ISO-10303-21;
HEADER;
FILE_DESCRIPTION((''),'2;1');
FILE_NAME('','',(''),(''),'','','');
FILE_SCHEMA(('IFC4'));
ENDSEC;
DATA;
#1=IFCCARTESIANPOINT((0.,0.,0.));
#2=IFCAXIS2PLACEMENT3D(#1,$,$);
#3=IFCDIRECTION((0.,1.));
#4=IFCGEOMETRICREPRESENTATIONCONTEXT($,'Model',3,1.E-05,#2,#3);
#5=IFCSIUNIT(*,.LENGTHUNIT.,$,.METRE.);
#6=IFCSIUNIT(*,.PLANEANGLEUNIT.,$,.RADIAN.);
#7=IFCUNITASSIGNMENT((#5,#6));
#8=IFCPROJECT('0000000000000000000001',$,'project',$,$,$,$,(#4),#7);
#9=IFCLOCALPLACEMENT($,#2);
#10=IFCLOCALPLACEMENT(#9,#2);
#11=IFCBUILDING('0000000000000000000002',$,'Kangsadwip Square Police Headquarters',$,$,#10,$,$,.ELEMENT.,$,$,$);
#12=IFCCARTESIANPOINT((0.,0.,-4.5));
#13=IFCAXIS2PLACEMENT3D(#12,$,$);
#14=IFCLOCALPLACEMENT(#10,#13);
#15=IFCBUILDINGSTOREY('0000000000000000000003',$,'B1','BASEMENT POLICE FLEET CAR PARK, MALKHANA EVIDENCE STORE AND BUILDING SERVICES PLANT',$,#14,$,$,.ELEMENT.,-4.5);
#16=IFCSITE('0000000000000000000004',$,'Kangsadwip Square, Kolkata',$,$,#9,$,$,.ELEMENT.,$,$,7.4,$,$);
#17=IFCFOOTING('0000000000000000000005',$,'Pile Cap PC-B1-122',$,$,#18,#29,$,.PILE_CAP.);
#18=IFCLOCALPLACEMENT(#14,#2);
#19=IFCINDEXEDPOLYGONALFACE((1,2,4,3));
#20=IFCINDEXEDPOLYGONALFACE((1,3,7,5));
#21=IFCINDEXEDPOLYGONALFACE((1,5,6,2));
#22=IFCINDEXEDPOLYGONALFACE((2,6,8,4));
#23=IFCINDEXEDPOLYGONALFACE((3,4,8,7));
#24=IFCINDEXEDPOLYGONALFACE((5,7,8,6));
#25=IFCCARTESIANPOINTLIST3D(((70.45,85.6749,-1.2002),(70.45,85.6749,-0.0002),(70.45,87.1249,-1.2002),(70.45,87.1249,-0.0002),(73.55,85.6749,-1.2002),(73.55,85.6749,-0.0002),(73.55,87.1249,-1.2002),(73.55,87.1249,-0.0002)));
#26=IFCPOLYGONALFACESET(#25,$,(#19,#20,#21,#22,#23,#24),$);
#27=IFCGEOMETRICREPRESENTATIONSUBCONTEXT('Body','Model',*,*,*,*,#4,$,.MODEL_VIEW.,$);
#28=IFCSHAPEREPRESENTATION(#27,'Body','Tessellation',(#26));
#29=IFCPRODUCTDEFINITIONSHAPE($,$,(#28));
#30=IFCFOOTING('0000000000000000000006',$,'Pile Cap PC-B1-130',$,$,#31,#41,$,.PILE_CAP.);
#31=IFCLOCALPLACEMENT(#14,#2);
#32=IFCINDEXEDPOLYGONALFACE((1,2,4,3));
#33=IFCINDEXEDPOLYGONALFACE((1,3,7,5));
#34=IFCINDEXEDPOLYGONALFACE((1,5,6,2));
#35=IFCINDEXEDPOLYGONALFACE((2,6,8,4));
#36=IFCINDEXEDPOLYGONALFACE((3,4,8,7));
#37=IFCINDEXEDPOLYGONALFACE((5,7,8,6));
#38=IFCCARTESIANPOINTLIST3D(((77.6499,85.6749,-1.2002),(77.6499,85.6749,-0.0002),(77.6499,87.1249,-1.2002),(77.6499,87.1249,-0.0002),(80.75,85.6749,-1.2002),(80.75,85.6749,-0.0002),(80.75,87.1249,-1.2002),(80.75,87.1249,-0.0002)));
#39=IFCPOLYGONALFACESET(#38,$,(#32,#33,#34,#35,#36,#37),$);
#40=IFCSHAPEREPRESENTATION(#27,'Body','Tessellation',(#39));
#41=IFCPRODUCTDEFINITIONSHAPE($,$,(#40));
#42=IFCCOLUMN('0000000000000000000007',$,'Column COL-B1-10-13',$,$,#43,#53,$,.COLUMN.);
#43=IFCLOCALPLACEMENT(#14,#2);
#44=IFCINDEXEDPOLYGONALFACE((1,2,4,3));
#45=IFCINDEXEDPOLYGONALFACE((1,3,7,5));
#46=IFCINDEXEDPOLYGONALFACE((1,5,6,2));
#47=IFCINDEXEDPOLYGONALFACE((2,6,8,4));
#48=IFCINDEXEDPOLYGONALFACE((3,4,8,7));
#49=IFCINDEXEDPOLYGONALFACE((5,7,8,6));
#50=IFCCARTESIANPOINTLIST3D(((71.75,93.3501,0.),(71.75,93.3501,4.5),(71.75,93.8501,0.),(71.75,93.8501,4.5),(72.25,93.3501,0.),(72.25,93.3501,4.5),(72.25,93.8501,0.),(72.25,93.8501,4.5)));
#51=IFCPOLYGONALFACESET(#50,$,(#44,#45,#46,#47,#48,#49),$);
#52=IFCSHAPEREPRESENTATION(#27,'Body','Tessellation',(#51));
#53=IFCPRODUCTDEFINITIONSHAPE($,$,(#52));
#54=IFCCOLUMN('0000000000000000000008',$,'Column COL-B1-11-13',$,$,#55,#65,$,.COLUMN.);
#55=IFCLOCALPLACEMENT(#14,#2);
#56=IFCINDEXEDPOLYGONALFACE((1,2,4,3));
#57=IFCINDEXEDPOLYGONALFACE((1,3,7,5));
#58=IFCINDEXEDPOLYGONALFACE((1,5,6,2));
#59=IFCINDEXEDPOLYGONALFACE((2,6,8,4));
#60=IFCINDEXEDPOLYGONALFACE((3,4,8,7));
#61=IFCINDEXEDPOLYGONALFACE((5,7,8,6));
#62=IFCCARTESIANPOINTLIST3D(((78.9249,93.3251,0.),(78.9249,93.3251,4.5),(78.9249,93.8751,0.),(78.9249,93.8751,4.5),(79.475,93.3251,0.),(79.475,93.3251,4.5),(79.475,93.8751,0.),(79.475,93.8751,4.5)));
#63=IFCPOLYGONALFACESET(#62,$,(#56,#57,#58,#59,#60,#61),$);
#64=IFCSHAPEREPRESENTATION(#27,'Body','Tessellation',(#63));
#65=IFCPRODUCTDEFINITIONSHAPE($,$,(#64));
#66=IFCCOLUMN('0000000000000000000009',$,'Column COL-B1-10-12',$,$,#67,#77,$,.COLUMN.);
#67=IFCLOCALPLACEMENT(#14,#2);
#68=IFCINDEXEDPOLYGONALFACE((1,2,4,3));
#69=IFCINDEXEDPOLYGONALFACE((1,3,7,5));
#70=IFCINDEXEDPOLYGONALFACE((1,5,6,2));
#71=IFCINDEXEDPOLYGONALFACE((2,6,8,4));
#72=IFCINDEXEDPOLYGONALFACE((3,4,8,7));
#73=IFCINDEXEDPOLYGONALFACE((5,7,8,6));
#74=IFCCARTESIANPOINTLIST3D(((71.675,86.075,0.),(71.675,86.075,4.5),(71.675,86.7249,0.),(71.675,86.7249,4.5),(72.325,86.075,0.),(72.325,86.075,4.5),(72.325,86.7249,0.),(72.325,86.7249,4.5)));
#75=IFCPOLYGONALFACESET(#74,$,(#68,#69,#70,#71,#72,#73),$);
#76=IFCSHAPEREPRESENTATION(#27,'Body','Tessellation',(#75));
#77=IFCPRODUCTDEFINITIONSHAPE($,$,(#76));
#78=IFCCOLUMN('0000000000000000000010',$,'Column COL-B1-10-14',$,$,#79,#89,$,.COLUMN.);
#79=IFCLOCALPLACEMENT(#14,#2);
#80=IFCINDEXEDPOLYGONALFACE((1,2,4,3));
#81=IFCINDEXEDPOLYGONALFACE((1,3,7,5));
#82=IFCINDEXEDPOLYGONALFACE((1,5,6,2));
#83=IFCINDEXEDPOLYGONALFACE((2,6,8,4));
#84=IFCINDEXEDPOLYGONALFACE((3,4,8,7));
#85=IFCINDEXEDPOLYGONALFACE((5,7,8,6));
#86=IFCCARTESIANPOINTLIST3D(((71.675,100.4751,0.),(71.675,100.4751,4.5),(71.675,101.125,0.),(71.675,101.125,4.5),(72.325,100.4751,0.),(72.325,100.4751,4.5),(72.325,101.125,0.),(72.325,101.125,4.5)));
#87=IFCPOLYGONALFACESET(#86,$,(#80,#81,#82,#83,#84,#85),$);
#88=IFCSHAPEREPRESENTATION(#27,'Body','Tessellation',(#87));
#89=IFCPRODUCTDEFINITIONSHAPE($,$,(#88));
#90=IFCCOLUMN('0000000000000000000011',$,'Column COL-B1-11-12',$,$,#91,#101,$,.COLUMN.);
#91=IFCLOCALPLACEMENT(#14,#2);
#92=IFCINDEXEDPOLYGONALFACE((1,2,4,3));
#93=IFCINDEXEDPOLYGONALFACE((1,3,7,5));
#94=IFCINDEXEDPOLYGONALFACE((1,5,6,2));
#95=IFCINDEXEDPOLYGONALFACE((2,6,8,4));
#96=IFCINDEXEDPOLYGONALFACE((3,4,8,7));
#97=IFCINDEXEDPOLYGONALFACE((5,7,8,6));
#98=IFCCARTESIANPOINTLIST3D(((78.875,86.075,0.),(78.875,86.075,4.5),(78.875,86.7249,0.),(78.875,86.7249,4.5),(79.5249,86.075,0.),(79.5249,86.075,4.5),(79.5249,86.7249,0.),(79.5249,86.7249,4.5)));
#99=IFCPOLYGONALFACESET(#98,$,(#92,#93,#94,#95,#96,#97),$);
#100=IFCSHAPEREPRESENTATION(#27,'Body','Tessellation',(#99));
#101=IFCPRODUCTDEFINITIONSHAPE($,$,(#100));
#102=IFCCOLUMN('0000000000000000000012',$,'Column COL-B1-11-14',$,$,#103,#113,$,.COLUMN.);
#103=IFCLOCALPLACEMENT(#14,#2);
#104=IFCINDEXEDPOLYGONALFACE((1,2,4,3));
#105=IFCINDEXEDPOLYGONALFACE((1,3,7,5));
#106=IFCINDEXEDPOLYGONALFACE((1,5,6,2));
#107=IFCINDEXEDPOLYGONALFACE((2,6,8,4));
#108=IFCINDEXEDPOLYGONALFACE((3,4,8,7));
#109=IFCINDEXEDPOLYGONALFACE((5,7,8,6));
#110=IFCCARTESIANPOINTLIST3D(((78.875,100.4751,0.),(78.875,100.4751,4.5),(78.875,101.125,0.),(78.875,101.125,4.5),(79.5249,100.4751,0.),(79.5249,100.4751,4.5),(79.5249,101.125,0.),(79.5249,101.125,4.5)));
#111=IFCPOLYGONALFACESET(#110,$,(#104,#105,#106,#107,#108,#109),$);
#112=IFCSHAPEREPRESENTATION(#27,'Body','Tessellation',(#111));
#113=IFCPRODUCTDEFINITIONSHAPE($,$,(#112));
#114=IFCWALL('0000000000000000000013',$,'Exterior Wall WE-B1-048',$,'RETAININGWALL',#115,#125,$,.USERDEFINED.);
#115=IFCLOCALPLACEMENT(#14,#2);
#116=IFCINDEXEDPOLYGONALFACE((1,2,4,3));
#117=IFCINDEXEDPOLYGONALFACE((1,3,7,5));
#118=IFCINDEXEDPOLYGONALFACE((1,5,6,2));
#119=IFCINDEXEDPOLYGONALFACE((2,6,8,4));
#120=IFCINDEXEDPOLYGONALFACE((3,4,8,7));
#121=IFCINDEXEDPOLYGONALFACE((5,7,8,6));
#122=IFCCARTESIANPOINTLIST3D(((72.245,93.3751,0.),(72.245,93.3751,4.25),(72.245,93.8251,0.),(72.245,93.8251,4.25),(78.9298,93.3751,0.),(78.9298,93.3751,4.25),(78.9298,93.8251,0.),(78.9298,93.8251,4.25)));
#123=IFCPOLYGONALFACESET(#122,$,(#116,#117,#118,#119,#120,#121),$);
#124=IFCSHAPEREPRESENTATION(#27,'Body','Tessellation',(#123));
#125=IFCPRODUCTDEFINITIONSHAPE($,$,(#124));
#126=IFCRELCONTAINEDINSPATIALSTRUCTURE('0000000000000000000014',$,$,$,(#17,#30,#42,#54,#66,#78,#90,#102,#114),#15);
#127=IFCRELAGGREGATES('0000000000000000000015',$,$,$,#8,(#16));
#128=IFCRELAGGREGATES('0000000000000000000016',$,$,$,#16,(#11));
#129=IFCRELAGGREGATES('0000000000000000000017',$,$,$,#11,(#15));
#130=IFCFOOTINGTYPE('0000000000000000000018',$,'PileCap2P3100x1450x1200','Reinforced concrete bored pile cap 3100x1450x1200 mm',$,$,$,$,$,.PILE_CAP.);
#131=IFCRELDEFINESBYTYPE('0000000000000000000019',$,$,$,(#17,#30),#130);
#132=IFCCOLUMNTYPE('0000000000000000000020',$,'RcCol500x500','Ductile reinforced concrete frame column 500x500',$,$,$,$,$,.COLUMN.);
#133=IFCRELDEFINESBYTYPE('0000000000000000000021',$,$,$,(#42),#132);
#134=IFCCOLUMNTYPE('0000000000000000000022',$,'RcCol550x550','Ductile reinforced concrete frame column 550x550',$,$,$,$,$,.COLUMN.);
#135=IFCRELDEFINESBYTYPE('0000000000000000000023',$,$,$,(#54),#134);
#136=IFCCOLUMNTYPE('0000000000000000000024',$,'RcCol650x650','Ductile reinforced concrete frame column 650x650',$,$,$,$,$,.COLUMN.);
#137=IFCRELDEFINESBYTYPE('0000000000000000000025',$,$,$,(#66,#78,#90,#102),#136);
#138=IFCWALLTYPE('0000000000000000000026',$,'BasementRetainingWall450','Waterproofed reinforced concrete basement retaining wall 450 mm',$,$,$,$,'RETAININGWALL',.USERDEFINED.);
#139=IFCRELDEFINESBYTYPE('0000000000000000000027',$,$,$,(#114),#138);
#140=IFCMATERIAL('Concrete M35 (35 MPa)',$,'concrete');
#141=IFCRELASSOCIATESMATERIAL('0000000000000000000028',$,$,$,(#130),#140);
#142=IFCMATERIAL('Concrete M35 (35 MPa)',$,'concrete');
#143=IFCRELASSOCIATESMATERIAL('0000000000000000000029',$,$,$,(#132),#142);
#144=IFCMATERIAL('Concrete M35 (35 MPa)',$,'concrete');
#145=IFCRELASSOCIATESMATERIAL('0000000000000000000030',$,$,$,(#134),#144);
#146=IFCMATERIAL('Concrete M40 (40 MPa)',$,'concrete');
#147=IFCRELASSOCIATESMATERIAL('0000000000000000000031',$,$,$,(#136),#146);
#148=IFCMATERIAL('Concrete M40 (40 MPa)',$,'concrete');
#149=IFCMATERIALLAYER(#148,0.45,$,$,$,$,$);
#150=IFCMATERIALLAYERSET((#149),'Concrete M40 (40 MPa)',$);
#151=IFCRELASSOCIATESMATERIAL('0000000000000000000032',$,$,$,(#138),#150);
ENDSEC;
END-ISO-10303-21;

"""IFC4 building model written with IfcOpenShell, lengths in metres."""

from ifc_helpers import new_model, si_unit, direction, frame, frame_2d, origin, origin_2d, place, context, subcontext, project, spatial, rectangle, extrude, material, layer, layer_set, material_profile, profile_set, type_object, element, save


model = new_model("IFC4")

# Units and contexts
model_context = context("Model", 3, precision=1e-05, world=origin(), true_north=direction((0.0, 1.0)))
body_context = subcontext(model_context, "Body", "Model", "MODEL_VIEW")
ifc_project = project(units=[si_unit("LENGTHUNIT", "METRE"), si_unit("PLANEANGLEUNIT", "RADIAN")], contexts=[model_context])

# Site, building, storey
site_placement = place(None, origin())
site = spatial("IfcSite", under=ifc_project, at=site_placement, Name="Kangsadwip Square, Kolkata", CompositionType="ELEMENT", RefElevation=7.4)
building_placement = place(site_placement, origin())
building = spatial("IfcBuilding", under=site, at=building_placement, Name="Kangsadwip Square Police Headquarters", CompositionType="ELEMENT")
storey_placement = place(building_placement, frame((0.0, 0.0, -4.5)))
storey = spatial("IfcBuildingStorey", under=building, at=storey_placement, Name="B1", Description="BASEMENT POLICE FLEET CAR PARK, MALKHANA EVIDENCE STORE AND BUILDING SERVICES PLANT", CompositionType="ELEMENT", Elevation=-4.5)

# Footings
ifc_material_1 = material(Name="Concrete M35 (35 MPa)", Category="concrete")
footing_type_1 = type_object("IfcFootingType", Name="PileCap2P3100x1450x1200", Description="Reinforced concrete bored pile cap 3100x1450x1200 mm", PredefinedType="PILE_CAP", material=ifc_material_1)
for number, where, z_axis, x_axis, name in (
    (1, (72.0, 86.3999, -1.2002), (0.0, 0.0, 1.0), (1.0, 0.0, 0.0), "Pile Cap PC-B1-122"),
    (2, (79.2, 86.3999, -1.2002), (0.0, 0.0, 1.0), (1.0, 0.0, 0.0), "Pile Cap PC-B1-130"),
):
    element("IfcFooting", number, at=place(storey_placement, frame(where, z_axis=z_axis, x_axis=x_axis)), inside=storey, type_object=footing_type_1, Name=name, PredefinedType="PILE_CAP", context=body_context, shape_type="SweptSolid", body=[
        extrude(rectangle(XDim=3.1001, YDim=1.45, at=origin_2d()), origin(), (0.0, 0.0, 1.0), 1.2),
    ])

# Columns
ifc_material_2 = material(Name="Concrete M35 (35 MPa)", Category="concrete")
ifc_material_profile_1 = material_profile(ifc_material_2, rectangle(XDim=0.5, YDim=0.5, at=origin_2d()), Name="RC COL 500X500")
ifc_profile_set_1 = profile_set([ifc_material_profile_1], Name="Concrete M35 (35 MPa)")
column_type_1 = type_object("IfcColumnType", Name="RcCol500x500", Description="Ductile reinforced concrete frame column 500x500", PredefinedType="COLUMN", material=ifc_profile_set_1)
column_1_placement = place(storey_placement, frame((72.0, 93.6001, 0.0), z_axis=(0.0, 0.0, 1.0), x_axis=(1.0, 0.0, 0.0)))
element("IfcColumn", 3, at=column_1_placement, inside=storey, type_object=column_type_1, Name="Column COL-B1-10-13", PredefinedType="COLUMN", context=body_context, shape_type="SweptSolid", body=[
    extrude(rectangle(XDim=0.5, YDim=0.5, at=origin_2d()), origin(), (0.0, 0.0, 1.0), 4.5),
])
ifc_material_3 = material(Name="Concrete M35 (35 MPa)", Category="concrete")
ifc_material_profile_2 = material_profile(ifc_material_3, rectangle(XDim=0.55, YDim=0.55, at=origin_2d()), Name="RC COL 550X550")
ifc_profile_set_2 = profile_set([ifc_material_profile_2], Name="Concrete M35 (35 MPa)")
column_type_2 = type_object("IfcColumnType", Name="RcCol550x550", Description="Ductile reinforced concrete frame column 550x550", PredefinedType="COLUMN", material=ifc_profile_set_2)
column_2_placement = place(storey_placement, frame((79.2, 93.6001, 0.0), z_axis=(0.0, 0.0, 1.0), x_axis=(1.0, 0.0, 0.0)))
element("IfcColumn", 4, at=column_2_placement, inside=storey, type_object=column_type_2, Name="Column COL-B1-11-13", PredefinedType="COLUMN", context=body_context, shape_type="SweptSolid", body=[
    extrude(rectangle(XDim=0.55, YDim=0.55, at=origin_2d()), origin(), (0.0, 0.0, 1.0), 4.5),
])
ifc_material_4 = material(Name="Concrete M40 (40 MPa)", Category="concrete")
ifc_material_profile_3 = material_profile(ifc_material_4, rectangle(XDim=0.6499, YDim=0.6499, at=origin_2d()), Name="RC COL 650X650")
ifc_profile_set_3 = profile_set([ifc_material_profile_3], Name="Concrete M40 (40 MPa)")
column_type_3 = type_object("IfcColumnType", Name="RcCol650x650", Description="Ductile reinforced concrete frame column 650x650", PredefinedType="COLUMN", material=ifc_profile_set_3)
for number, where, z_axis, x_axis, name in (
    (5, (72.0, 86.3999, 0.0), (0.0, 0.0, 1.0), (1.0, 0.0, 0.0), "Column COL-B1-10-12"),
    (6, (72.0, 100.8, 0.0), (0.0, 0.0, 1.0), (1.0, 0.0, 0.0), "Column COL-B1-10-14"),
    (7, (79.2, 86.3999, 0.0), (0.0, 0.0, 1.0), (1.0, 0.0, 0.0), "Column COL-B1-11-12"),
    (8, (79.2, 100.8, 0.0), (0.0, 0.0, 1.0), (1.0, 0.0, 0.0), "Column COL-B1-11-14"),
):
    element("IfcColumn", number, at=place(storey_placement, frame(where, z_axis=z_axis, x_axis=x_axis)), inside=storey, type_object=column_type_3, Name=name, PredefinedType="COLUMN", context=body_context, shape_type="SweptSolid", body=[
        extrude(rectangle(XDim=0.6499, YDim=0.6499, at=origin_2d()), origin(), (0.0, 0.0, 1.0), 4.5),
    ])

# Wall
ifc_material_5 = material(Name="Concrete M40 (40 MPa)", Category="concrete")
ifc_layer = layer(ifc_material_5, 0.45)
ifc_layer_set = layer_set([ifc_layer], Name="Concrete M40 (40 MPa)")
wall_type = type_object("IfcWallType", Name="BasementRetainingWall450", Description="Waterproofed reinforced concrete basement retaining wall 450 mm", ElementType="RETAININGWALL", PredefinedType="USERDEFINED", material=ifc_layer_set)
wall_placement = place(storey_placement, frame((72.2451, 93.6001, 0.0), z_axis=(0.0, 0.0, 1.0), x_axis=(1.0, 0.0, 0.0)))
element("IfcWall", 9, at=wall_placement, inside=storey, type_object=wall_type, Name="Exterior Wall WE-B1-048", ObjectType="RETAININGWALL", PredefinedType="USERDEFINED", context=body_context, shape_type="SweptSolid", body=[
    extrude(rectangle(XDim=6.6848, YDim=0.45, at=frame_2d((3.3423, 0.0))), origin(), (0.0, 0.0, 1.0), 4.25),
])

save(model, "model.ifc")
